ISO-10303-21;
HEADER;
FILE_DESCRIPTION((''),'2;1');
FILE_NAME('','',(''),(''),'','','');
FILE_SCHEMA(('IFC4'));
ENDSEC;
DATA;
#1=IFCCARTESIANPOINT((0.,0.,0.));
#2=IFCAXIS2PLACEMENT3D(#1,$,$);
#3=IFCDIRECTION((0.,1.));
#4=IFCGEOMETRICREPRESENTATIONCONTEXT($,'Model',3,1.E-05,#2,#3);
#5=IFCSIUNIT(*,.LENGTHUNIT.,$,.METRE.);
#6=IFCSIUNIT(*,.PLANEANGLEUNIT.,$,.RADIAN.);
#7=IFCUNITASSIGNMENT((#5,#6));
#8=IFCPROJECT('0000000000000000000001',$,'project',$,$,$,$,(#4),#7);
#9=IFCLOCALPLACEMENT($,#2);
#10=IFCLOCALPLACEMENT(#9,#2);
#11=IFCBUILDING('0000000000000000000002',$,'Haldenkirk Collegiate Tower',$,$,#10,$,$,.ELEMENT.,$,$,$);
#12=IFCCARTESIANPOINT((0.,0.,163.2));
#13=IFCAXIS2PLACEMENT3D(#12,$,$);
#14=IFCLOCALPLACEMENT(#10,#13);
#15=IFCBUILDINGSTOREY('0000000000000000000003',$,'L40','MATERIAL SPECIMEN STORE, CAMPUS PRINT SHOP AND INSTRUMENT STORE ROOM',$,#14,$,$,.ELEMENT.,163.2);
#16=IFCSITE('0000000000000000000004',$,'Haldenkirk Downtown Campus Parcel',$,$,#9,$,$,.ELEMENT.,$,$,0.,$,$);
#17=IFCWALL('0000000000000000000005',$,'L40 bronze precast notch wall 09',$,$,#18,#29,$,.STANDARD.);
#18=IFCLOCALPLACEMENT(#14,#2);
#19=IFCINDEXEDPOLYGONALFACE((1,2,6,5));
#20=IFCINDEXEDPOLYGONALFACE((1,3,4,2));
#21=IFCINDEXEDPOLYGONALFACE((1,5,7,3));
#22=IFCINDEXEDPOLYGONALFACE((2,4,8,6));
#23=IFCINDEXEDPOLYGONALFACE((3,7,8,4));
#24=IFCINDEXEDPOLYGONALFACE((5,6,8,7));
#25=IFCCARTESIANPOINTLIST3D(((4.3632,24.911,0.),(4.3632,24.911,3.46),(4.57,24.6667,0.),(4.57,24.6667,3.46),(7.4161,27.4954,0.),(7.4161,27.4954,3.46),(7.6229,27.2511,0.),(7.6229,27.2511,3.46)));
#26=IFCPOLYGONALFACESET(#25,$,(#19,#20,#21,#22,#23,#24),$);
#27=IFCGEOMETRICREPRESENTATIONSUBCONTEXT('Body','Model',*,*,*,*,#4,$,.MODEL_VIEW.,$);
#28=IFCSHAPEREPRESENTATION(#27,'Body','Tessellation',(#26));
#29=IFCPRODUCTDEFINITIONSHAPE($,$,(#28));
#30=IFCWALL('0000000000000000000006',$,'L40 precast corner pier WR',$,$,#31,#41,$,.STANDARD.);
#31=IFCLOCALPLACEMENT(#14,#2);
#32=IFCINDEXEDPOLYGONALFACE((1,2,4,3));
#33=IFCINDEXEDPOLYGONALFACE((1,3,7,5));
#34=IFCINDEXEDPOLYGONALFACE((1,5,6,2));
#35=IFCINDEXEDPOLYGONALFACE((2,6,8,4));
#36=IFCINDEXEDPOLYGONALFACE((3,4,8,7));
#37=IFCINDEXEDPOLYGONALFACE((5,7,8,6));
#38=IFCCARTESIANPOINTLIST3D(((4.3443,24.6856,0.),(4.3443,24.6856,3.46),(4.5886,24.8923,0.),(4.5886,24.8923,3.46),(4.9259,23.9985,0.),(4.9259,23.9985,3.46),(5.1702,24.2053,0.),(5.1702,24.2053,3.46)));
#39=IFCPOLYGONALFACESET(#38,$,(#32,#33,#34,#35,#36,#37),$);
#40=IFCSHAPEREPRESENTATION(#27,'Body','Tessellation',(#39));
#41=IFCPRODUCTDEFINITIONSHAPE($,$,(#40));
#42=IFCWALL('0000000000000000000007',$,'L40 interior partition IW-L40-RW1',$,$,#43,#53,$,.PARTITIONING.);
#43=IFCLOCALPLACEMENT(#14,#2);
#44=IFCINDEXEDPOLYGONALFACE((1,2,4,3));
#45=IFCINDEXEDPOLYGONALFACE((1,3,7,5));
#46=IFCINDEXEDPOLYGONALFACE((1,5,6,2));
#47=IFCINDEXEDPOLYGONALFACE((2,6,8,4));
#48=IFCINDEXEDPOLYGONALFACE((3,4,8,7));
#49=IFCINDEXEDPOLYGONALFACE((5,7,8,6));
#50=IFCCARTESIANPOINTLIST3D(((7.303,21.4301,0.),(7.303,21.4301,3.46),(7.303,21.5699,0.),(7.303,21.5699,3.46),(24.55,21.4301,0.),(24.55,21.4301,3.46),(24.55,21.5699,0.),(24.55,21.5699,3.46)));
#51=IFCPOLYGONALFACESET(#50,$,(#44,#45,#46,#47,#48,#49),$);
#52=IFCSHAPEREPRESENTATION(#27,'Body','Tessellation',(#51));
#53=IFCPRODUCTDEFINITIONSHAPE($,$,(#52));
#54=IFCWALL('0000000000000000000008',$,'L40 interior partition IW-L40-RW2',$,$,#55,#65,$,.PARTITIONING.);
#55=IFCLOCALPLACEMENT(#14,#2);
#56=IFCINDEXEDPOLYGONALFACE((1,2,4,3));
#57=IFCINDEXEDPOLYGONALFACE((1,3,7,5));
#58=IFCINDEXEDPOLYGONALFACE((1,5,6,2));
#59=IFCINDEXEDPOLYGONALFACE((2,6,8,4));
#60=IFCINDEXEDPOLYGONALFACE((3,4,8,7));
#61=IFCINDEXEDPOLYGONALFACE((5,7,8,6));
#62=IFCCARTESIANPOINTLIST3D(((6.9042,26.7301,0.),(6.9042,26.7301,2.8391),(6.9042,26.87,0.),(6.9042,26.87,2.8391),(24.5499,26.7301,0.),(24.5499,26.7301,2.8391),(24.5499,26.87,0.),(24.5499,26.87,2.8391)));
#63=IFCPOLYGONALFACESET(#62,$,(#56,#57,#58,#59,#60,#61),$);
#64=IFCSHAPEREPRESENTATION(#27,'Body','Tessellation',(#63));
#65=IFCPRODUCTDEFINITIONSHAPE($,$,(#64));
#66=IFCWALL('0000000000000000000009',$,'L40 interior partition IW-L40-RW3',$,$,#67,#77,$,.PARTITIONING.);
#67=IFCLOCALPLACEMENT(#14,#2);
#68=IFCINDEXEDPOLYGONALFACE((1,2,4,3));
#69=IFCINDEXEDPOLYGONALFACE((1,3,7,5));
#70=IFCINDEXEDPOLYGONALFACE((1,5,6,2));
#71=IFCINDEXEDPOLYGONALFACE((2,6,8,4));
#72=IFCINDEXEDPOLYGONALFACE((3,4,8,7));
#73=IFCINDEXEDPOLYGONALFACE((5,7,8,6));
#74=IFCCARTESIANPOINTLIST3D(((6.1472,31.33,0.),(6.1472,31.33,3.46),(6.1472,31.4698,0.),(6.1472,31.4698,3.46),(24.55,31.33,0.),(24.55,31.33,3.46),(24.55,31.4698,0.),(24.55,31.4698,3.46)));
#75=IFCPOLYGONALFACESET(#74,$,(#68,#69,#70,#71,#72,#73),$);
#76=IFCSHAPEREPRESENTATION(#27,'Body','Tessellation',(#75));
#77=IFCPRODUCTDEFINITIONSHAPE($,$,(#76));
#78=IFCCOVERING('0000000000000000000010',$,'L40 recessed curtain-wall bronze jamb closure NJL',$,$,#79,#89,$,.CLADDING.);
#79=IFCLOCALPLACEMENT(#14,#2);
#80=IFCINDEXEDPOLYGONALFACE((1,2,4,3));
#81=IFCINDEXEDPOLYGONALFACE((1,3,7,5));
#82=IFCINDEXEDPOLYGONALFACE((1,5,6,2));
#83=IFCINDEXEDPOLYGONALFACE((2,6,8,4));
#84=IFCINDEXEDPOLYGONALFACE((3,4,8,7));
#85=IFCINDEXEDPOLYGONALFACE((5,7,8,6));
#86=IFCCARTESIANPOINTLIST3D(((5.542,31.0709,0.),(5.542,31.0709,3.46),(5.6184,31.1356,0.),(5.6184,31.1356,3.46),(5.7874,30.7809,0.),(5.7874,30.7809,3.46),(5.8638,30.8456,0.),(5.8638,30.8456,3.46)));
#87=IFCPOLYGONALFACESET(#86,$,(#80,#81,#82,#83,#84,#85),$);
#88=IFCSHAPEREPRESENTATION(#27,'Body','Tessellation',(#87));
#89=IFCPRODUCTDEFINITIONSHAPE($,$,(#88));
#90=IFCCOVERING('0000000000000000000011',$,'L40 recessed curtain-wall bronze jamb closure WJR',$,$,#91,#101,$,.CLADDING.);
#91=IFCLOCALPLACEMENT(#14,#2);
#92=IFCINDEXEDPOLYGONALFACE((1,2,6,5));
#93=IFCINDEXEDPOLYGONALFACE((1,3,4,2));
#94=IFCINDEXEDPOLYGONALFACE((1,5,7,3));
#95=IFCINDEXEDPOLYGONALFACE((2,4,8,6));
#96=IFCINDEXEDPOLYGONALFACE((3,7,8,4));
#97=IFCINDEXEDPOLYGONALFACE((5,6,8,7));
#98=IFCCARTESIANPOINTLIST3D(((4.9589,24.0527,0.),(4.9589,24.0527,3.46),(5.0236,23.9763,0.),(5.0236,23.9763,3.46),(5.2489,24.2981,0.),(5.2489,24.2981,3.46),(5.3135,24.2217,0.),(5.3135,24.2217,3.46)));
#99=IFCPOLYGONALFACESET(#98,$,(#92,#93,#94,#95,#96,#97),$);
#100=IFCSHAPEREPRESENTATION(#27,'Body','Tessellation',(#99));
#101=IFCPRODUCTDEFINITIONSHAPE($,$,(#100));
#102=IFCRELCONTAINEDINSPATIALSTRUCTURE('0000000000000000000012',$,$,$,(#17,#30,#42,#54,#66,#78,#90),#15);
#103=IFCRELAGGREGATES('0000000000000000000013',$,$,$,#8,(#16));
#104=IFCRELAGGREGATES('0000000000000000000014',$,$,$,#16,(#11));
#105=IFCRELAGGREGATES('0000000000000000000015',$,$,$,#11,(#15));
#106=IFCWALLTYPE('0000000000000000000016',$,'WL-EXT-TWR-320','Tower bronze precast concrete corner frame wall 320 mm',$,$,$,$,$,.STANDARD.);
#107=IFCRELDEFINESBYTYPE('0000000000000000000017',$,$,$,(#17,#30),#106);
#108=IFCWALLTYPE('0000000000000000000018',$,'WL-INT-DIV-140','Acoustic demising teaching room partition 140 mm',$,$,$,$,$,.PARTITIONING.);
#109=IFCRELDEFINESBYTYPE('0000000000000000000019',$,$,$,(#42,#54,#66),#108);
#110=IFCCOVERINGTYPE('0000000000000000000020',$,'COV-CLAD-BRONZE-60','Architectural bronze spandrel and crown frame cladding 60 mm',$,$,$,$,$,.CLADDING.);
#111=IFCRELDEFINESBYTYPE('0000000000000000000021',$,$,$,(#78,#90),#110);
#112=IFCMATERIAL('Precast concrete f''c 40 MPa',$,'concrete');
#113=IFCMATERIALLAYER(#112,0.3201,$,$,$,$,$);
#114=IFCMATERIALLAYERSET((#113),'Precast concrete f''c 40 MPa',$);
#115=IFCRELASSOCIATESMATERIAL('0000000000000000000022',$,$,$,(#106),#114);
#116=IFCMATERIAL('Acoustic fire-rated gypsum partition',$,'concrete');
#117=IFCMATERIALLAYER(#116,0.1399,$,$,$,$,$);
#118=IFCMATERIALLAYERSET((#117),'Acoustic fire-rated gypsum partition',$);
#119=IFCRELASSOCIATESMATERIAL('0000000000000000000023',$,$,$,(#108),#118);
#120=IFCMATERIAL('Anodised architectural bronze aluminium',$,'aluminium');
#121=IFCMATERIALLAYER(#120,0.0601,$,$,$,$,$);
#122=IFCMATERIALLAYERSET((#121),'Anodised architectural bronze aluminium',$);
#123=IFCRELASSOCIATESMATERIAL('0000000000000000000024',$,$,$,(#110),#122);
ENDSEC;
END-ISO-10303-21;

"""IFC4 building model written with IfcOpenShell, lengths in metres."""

from ifc_helpers import new_model, si_unit, direction, frame, frame_2d, origin, origin_2d, place, context, subcontext, project, spatial, rectangle, extrude, source, transform, mapped, material, layer, layer_set, type_object, element, save


model = new_model("IFC4")

# Units and contexts
model_context = context("Model", 3, precision=1e-05, world=origin(), true_north=direction((0.0, 1.0)))
body_context = subcontext(model_context, "Body", "Model", "MODEL_VIEW")
ifc_project = project(units=[si_unit("LENGTHUNIT", "METRE"), si_unit("PLANEANGLEUNIT", "RADIAN")], contexts=[model_context])

# Site, building, storey
site_placement = place(None, origin())
site = spatial("IfcSite", under=ifc_project, at=site_placement, Name="Haldenkirk Downtown Campus Parcel", CompositionType="ELEMENT", RefElevation=0.0)
building_placement = place(site_placement, origin())
building = spatial("IfcBuilding", under=site, at=building_placement, Name="Haldenkirk Collegiate Tower", CompositionType="ELEMENT")
storey_placement = place(building_placement, frame((0.0, 0.0, 163.2)))
storey = spatial("IfcBuildingStorey", under=building, at=storey_placement, Name="L40", Description="MATERIAL SPECIMEN STORE, CAMPUS PRINT SHOP AND INSTRUMENT STORE ROOM", CompositionType="ELEMENT", Elevation=163.2)

# Shared definitions
ifc_material_1 = material(Name="Anodised architectural bronze aluminium", Category="aluminium")

# Walls
ifc_material_2 = material(Name="Precast concrete f'c 40 MPa", Category="concrete")
ifc_layer_1 = layer(ifc_material_2, 0.3201)
ifc_layer_set_1 = layer_set([ifc_layer_1], Name="Precast concrete f'c 40 MPa")
wall_type_1 = type_object("IfcWallType", Name="WL-EXT-TWR-320", Description="Tower bronze precast concrete corner frame wall 320 mm", PredefinedType="STANDARD", material=ifc_layer_set_1)
wall_1_placement = place(storey_placement, frame((4.4666, 24.7888, 0.0), z_axis=(0.0, 0.0, 1.0), x_axis=(0.76324, 0.646115, 0.0)))
element("IfcWall", 1, at=wall_1_placement, inside=storey, type_object=wall_type_1, Name="L40 bronze precast notch wall 09", PredefinedType="STANDARD", context=body_context, shape_type="SweptSolid", body=[
    extrude(rectangle(XDim=4.0, YDim=0.3201, at=frame_2d((2.0, 0.0))), origin(), (0.0, 0.0, 1.0), 3.46),
])
wall_2_placement = place(storey_placement, frame((5.0481, 24.1018, 0.0), z_axis=(0.0, 0.0, 1.0), x_axis=(-0.646088, 0.763263, 0.0)))
element("IfcWall", 2, at=wall_2_placement, inside=storey, type_object=wall_type_1, Name="L40 precast corner pier WR", PredefinedType="STANDARD", context=body_context, shape_type="SweptSolid", body=[
    extrude(rectangle(XDim=0.9001, YDim=0.3201, at=frame_2d((0.4502, 0.0))), origin(), (0.0, 0.0, 1.0), 3.46),
])
ifc_material_3 = material(Name="Acoustic fire-rated gypsum partition", Category="concrete")
ifc_layer_2 = layer(ifc_material_3, 0.1399)
ifc_layer_set_2 = layer_set([ifc_layer_2], Name="Acoustic fire-rated gypsum partition")
wall_type_2 = type_object("IfcWallType", Name="WL-INT-DIV-140", Description="Acoustic demising teaching room partition 140 mm", PredefinedType="PARTITIONING", material=ifc_layer_set_2)
wall_3_placement = place(storey_placement, frame((7.303, 21.5, 0.0), z_axis=(0.0, 0.0, 1.0), x_axis=(1.0, 0.0, 0.0)))
element("IfcWall", 3, at=wall_3_placement, inside=storey, type_object=wall_type_2, Name="L40 interior partition IW-L40-RW1", PredefinedType="PARTITIONING", context=body_context, shape_type="SweptSolid", body=[
    extrude(rectangle(XDim=17.2471, YDim=0.1399, at=frame_2d((8.6235, 0.0))), origin(), (0.0, 0.0, 1.0), 3.46),
])
wall_4_placement = place(storey_placement, frame((6.9043, 26.8, 0.0), z_axis=(0.0, 0.0, 1.0), x_axis=(1.0, 0.0, 0.0)))
element("IfcWall", 4, at=wall_4_placement, inside=storey, type_object=wall_type_2, Name="L40 interior partition IW-L40-RW2", PredefinedType="PARTITIONING", context=body_context, shape_type="SweptSolid", body=[
    extrude(rectangle(XDim=17.6458, YDim=0.1399, at=frame_2d((8.8228, 0.0))), origin(), (0.0, 0.0, 1.0), 2.8391),
])
wall_5_placement = place(storey_placement, frame((6.1472, 31.3999, 0.0), z_axis=(0.0, 0.0, 1.0), x_axis=(1.0, 0.0, 0.0)))
element("IfcWall", 5, at=wall_5_placement, inside=storey, type_object=wall_type_2, Name="L40 interior partition IW-L40-RW3", PredefinedType="PARTITIONING", context=body_context, shape_type="SweptSolid", body=[
    extrude(rectangle(XDim=18.4028, YDim=0.1399, at=frame_2d((9.2014, 0.0))), origin(), (0.0, 0.0, 1.0), 3.46),
])

# Coverings
ifc_layer_3 = layer(ifc_material_1, 0.0601)
ifc_layer_set_3 = layer_set([ifc_layer_3], Name="Anodised architectural bronze aluminium")
covering_type = type_object("IfcCoveringType", Name="COV-CLAD-BRONZE-60", Description="Architectural bronze spandrel and crown frame cladding 60 mm", PredefinedType="CLADDING", material=ifc_layer_set_3)
shared_shape = source(origin(), body_context, "Body", "SweptSolid", [
    extrude(rectangle(XDim=0.1001, YDim=0.3799, at=origin_2d()), origin(), (0.0, 0.0, 1.0), 3.46),
])
for number, where, z_axis, x_axis, name in (
    (6, (5.7029, 30.9583, 0.0), (0.0, 0.0, 1.0), (0.763232, 0.646124, 0.0), "L40 recessed curtain-wall bronze jamb closure NJL"),
    (7, (5.1362, 24.1372, 0.0), (0.0, 0.0, 1.0), (-0.646124, 0.763232, 0.0), "L40 recessed curtain-wall bronze jamb closure WJR"),
):
    element("IfcCovering", number, at=place(storey_placement, frame(where, z_axis=z_axis, x_axis=x_axis)), inside=storey, type_object=covering_type, Name=name, PredefinedType="CLADDING", context=body_context, shape_type="MappedRepresentation", body=[
        mapped(shared_shape, transform((0.0, 0.0, 0.0), x_axis=(1.0, 0.0, 0.0), y_axis=(0.0, 1.0, 0.0), z_axis=(0.0, 0.0, 1.0), scale=1.0)),
    ])

save(model, "model.ifc")
